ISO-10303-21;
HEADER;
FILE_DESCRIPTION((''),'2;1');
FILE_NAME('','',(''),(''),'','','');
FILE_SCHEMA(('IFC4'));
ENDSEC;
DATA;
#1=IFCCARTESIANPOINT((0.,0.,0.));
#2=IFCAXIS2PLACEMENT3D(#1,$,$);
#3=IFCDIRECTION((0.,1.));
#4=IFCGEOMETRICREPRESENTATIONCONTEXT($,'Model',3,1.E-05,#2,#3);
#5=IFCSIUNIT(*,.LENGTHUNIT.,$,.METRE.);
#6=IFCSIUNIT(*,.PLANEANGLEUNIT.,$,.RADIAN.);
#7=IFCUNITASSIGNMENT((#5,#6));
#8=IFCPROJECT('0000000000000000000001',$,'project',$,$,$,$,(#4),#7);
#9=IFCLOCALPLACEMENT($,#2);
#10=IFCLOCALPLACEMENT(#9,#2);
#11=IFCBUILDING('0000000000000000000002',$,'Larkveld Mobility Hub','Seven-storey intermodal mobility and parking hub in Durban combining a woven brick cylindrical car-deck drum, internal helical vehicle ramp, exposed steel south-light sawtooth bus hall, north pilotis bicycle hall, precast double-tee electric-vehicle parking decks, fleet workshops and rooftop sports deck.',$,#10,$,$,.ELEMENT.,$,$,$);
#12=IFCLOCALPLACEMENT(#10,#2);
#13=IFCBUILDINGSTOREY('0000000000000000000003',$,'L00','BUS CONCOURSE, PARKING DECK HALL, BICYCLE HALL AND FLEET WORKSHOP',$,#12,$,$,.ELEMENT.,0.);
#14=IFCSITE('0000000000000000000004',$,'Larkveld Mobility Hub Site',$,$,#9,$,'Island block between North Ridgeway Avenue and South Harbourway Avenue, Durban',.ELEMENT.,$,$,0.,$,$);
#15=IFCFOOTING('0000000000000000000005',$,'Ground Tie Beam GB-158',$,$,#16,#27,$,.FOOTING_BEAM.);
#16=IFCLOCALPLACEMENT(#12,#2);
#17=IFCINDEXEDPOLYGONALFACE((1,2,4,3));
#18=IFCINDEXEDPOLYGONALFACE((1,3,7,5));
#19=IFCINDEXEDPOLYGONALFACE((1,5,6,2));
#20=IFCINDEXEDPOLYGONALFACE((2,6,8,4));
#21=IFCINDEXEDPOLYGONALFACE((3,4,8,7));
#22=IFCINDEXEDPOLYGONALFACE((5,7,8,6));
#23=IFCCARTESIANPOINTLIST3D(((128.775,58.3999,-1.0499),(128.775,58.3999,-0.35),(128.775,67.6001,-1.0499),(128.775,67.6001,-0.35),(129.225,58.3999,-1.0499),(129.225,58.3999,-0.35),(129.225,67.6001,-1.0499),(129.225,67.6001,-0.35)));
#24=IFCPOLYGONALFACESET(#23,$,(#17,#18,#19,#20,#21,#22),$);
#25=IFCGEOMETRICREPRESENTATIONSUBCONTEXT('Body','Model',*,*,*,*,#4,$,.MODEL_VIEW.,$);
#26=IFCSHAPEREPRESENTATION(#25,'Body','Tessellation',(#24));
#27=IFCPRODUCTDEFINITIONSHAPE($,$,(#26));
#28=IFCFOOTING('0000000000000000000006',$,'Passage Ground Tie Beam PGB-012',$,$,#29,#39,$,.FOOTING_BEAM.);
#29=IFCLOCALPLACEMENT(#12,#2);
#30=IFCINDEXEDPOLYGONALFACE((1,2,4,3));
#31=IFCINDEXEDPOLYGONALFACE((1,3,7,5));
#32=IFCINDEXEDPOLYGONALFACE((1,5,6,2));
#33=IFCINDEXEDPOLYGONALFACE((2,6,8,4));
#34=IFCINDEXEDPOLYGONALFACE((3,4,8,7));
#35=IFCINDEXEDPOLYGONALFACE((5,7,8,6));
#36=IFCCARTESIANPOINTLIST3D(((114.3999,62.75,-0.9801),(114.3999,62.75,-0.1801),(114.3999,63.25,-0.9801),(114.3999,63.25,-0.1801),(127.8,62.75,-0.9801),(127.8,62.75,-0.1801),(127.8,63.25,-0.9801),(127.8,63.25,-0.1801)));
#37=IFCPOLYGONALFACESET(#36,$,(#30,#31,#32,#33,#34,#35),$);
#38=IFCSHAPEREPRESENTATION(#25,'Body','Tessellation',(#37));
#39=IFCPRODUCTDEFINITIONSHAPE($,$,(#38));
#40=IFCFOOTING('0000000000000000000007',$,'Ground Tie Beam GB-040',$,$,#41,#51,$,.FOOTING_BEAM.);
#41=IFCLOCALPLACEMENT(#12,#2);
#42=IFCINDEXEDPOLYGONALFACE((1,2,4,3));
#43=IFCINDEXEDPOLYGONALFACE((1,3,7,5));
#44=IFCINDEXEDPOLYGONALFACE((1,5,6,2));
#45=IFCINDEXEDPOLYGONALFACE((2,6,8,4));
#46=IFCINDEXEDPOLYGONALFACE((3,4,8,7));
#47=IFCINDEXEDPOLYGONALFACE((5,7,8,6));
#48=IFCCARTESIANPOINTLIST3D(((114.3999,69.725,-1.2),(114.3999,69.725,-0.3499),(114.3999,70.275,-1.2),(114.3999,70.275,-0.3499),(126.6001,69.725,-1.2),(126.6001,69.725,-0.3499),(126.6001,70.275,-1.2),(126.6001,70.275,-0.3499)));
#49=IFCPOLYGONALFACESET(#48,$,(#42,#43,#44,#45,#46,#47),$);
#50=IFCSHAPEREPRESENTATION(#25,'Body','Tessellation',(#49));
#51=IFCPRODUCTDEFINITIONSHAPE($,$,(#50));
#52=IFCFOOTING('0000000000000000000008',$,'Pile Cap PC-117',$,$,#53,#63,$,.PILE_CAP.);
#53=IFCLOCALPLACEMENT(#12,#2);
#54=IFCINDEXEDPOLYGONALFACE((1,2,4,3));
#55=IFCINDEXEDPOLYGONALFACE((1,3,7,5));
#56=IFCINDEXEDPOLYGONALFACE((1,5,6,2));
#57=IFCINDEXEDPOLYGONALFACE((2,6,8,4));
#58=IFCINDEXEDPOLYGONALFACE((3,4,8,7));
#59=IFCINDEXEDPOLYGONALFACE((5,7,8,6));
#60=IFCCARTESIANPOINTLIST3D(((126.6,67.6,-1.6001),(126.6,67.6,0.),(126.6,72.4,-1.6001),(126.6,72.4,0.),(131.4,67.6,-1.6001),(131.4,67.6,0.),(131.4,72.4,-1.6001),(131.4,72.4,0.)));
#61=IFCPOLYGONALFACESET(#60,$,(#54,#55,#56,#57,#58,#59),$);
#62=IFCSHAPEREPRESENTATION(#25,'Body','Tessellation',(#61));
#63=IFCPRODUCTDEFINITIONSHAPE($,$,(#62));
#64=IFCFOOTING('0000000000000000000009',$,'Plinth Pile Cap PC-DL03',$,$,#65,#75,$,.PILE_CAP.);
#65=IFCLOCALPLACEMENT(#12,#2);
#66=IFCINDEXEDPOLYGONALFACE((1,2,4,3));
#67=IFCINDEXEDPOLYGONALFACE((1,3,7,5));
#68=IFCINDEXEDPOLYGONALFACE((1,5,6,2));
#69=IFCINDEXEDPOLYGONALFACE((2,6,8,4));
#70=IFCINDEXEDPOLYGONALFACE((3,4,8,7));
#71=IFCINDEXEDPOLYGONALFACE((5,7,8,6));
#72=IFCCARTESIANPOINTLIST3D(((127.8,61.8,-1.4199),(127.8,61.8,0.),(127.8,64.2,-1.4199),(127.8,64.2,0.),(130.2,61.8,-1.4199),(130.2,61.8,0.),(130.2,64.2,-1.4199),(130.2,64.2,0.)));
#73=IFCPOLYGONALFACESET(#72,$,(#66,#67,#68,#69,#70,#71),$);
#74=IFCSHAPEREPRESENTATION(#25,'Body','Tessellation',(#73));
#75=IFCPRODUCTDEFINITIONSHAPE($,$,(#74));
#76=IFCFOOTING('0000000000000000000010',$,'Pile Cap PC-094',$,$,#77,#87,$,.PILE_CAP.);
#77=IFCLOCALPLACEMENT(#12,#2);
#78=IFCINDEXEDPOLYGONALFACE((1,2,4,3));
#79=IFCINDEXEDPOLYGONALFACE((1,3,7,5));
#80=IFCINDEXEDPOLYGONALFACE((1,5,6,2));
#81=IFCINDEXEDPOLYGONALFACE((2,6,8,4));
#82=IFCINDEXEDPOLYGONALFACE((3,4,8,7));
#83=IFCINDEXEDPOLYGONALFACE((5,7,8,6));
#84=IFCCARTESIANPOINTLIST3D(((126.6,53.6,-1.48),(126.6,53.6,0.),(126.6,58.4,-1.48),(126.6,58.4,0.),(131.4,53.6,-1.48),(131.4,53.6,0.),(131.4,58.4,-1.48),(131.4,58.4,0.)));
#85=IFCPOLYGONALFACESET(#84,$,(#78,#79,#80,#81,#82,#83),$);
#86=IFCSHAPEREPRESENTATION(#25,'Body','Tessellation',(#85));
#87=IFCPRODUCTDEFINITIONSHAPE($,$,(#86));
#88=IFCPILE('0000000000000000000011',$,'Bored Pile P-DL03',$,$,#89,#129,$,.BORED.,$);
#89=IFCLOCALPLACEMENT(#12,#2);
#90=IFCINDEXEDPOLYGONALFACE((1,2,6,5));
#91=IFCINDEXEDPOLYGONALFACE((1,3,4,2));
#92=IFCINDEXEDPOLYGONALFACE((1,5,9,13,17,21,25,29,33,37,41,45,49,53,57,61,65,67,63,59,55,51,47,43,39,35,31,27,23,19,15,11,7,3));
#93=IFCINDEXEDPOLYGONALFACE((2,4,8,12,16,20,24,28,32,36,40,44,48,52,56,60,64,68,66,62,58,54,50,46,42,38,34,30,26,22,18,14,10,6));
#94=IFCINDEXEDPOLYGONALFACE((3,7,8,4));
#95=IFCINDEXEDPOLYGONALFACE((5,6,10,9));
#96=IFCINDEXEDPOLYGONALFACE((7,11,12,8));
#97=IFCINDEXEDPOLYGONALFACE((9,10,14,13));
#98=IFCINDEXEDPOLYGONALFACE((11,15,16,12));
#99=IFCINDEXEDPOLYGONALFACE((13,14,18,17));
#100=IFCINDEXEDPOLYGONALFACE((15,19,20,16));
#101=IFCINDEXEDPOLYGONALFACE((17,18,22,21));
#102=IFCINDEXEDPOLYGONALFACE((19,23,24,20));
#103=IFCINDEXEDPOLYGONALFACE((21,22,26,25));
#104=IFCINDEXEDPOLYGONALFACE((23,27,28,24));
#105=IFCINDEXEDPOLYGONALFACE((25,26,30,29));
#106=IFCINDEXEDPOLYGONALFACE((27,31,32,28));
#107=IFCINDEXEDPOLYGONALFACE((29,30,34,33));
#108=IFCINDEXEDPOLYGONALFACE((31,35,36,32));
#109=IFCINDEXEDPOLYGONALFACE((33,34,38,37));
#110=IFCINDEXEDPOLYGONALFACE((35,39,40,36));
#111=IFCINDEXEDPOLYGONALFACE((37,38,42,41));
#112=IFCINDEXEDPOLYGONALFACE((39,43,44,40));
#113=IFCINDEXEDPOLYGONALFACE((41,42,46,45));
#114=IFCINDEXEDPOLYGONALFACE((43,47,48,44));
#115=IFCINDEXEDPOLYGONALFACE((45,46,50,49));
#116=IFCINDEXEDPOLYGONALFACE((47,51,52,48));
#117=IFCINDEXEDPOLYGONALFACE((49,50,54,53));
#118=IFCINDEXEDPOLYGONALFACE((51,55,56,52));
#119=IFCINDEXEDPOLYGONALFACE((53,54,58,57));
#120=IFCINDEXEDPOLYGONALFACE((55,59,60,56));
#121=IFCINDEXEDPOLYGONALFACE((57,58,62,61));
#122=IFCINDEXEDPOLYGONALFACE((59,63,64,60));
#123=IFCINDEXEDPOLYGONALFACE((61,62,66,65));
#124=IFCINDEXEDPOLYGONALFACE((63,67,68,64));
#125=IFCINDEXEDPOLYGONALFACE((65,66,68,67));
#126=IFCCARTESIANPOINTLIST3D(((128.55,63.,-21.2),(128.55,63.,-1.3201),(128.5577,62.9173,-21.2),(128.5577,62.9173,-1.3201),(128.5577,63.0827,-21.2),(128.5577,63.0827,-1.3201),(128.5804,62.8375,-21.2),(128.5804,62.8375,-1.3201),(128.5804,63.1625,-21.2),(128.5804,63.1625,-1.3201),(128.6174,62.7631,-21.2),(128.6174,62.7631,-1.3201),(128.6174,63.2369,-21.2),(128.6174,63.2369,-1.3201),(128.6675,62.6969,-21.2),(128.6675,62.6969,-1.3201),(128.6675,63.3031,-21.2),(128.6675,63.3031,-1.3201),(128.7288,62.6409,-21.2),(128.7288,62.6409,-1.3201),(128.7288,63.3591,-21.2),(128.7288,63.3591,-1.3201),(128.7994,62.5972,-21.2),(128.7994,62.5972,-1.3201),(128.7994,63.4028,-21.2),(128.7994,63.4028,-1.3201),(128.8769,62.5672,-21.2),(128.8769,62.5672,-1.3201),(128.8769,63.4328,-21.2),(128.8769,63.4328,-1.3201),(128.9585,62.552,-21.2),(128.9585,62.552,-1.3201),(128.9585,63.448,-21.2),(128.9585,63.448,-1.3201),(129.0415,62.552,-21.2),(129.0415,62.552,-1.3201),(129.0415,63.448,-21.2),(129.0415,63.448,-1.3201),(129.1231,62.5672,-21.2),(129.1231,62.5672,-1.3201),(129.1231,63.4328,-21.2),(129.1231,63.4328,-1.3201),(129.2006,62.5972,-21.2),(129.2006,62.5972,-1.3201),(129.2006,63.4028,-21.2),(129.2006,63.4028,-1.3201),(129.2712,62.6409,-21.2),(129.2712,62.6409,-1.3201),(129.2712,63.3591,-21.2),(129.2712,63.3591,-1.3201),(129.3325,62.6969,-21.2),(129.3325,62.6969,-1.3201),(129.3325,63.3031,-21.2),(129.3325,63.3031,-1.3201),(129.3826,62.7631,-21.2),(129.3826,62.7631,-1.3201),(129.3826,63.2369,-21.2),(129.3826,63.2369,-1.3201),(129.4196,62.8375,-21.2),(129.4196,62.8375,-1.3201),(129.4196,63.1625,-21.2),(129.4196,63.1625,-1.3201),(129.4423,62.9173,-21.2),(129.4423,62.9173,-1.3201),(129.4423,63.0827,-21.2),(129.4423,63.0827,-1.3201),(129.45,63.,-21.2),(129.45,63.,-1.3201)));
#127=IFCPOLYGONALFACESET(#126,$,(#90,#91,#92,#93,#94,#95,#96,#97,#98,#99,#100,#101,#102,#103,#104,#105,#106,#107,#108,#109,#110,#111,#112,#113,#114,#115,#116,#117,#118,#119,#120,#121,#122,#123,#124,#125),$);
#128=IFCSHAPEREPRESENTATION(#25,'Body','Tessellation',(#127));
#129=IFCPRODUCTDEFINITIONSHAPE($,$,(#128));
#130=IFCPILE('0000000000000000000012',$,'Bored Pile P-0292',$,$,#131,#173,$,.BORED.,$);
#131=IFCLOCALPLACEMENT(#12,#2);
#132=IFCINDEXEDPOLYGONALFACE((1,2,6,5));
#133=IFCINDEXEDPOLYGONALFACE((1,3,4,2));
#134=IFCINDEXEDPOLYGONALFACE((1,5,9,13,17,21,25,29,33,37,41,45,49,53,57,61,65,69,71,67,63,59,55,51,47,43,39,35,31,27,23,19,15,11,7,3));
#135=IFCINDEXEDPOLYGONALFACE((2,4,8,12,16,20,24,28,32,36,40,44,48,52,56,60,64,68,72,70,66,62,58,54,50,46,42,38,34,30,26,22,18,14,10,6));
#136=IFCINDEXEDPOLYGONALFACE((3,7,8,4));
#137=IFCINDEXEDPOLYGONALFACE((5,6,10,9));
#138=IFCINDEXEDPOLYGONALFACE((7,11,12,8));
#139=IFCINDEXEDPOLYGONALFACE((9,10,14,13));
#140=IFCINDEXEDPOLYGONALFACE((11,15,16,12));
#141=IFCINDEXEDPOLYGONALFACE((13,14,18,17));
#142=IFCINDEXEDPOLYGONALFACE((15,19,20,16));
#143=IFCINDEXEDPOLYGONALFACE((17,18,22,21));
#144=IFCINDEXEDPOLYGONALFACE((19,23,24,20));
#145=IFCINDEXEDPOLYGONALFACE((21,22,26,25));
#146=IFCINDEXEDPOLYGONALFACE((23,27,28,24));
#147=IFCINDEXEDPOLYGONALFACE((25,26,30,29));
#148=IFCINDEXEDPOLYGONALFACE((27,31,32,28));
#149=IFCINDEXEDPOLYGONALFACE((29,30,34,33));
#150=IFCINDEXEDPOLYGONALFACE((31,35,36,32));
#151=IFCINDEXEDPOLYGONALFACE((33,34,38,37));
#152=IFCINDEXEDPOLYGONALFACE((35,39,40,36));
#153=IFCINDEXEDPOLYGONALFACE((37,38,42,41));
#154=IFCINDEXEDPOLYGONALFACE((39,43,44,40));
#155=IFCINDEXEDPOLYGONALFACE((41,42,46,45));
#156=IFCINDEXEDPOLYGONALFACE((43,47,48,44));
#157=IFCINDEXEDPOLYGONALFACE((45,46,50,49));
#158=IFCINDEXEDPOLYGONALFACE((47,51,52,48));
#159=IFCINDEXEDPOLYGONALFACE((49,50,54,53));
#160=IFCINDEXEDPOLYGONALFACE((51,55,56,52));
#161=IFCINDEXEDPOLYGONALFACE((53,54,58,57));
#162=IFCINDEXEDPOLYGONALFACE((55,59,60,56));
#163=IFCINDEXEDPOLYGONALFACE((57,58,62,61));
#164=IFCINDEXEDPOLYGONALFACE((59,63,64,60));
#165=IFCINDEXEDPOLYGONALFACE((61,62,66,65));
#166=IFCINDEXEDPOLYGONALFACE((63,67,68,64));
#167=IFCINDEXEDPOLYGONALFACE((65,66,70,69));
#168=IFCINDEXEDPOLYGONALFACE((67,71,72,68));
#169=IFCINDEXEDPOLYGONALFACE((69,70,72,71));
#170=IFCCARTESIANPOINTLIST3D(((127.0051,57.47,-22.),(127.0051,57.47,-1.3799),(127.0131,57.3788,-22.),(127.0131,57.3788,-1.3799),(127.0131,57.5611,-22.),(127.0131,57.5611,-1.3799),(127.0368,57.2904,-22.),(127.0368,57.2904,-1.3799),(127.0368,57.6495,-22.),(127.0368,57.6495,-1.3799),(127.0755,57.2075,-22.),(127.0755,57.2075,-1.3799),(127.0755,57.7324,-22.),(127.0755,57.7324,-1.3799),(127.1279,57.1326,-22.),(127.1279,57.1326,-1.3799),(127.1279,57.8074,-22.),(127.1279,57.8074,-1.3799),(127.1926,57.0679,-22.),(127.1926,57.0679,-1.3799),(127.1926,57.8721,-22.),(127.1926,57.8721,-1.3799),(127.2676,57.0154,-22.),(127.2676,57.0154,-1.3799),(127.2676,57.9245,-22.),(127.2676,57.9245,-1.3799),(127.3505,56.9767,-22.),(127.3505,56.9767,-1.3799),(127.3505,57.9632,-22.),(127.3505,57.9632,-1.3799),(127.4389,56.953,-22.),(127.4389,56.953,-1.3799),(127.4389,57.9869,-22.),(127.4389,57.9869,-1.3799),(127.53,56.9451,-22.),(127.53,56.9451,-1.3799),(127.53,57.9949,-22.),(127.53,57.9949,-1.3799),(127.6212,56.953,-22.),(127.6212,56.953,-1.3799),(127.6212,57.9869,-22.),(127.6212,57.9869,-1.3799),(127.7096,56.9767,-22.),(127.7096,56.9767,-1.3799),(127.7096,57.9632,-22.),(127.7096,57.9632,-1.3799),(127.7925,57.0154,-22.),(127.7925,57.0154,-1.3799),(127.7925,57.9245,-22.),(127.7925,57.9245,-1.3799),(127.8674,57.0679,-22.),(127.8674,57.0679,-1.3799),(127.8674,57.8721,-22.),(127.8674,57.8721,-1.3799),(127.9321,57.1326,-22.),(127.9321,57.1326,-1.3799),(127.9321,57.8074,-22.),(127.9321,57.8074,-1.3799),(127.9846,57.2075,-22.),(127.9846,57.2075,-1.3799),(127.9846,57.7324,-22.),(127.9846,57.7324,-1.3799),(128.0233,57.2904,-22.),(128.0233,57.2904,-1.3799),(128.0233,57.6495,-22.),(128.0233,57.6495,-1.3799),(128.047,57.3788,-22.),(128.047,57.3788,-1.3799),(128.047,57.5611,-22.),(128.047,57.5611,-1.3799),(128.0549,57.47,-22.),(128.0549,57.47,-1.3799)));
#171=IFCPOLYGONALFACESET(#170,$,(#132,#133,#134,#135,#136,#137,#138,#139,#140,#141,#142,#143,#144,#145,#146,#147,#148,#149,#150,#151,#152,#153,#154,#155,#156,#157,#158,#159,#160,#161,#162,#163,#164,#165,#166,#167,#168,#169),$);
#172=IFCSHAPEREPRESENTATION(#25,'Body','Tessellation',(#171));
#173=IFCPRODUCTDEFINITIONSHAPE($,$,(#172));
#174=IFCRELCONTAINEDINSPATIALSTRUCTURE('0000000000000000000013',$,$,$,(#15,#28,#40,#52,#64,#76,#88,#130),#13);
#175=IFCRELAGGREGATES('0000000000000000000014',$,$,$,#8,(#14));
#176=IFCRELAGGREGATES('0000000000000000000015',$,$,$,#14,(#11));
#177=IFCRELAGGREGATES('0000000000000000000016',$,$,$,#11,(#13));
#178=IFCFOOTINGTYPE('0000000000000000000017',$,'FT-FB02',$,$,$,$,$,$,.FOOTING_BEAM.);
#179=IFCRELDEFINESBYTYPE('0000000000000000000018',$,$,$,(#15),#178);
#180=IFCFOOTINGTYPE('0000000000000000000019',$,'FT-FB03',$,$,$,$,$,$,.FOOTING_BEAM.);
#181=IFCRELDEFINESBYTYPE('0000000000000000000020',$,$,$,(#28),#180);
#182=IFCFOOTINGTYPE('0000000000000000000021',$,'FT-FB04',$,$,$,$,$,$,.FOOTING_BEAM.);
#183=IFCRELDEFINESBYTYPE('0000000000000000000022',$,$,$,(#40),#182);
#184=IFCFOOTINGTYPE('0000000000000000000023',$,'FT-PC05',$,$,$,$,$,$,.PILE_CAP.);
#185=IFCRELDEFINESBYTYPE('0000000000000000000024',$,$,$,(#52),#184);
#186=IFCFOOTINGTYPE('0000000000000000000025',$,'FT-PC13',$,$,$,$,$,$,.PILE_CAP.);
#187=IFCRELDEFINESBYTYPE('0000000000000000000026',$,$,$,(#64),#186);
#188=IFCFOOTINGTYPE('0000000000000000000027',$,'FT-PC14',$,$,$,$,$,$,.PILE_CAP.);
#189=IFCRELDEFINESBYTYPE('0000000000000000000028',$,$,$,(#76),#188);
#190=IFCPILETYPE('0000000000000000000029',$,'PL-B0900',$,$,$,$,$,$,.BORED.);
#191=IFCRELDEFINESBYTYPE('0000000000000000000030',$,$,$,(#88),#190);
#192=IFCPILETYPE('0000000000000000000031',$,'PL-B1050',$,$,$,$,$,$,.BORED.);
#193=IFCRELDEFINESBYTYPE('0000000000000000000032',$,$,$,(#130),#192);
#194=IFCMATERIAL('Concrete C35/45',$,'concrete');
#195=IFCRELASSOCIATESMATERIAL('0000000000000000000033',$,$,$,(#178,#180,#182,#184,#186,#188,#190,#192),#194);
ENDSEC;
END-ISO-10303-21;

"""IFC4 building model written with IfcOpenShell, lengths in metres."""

from ifc_helpers import new_model, si_unit, direction, frame, origin, origin_2d, place, context, subcontext, project, spatial, rectangle, circle, extrude, material, material_profile, profile_set, type_object, element, save


model = new_model("IFC4")

# Units and contexts
model_context = context("Model", 3, precision=1e-05, world=origin(), true_north=direction((0.0, 1.0)))
body_context = subcontext(model_context, "Body", "Model", "MODEL_VIEW")
ifc_project = project(units=[si_unit("LENGTHUNIT", "METRE"), si_unit("PLANEANGLEUNIT", "RADIAN")], contexts=[model_context])

# Site, building, storey
site_placement = place(None, origin())
site = spatial("IfcSite", under=ifc_project, at=site_placement, Name="Larkveld Mobility Hub Site", LongName="Island block between North Ridgeway Avenue and South Harbourway Avenue, Durban", CompositionType="ELEMENT", RefElevation=0.0)
building_placement = place(site_placement, origin())
building = spatial("IfcBuilding", under=site, at=building_placement, Name="Larkveld Mobility Hub", Description="Seven-storey intermodal mobility and parking hub in Durban combining a woven brick cylindrical car-deck drum, internal helical vehicle ramp, exposed steel south-light sawtooth bus hall, north pilotis bicycle hall, precast double-tee electric-vehicle parking decks, fleet workshops and rooftop sports deck.", CompositionType="ELEMENT")
storey_placement = place(building_placement, origin())
storey = spatial("IfcBuildingStorey", under=building, at=storey_placement, Name="L00", Description="BUS CONCOURSE, PARKING DECK HALL, BICYCLE HALL AND FLEET WORKSHOP", CompositionType="ELEMENT", Elevation=0.0)

# Footings
ifc_material_1 = material(Name="Concrete C35/45", Category="concrete")
ifc_material_profile_1 = material_profile(ifc_material_1, rectangle(XDim=0.45, YDim=0.7, at=origin_2d()), Name="RC BM 450x700")
ifc_profile_set_1 = profile_set([ifc_material_profile_1], Name="Concrete C35/45")
footing_type_1 = type_object("IfcFootingType", Name="FT-FB02", PredefinedType="FOOTING_BEAM", material=ifc_profile_set_1)
footing_1_placement = place(storey_placement, frame((129.0, 58.3999, -0.7), z_axis=(0.0, 1.0, 0.0), x_axis=(-1.0, 0.0, 0.0)))
element("IfcFooting", 1, at=footing_1_placement, inside=storey, type_object=footing_type_1, Name="Ground Tie Beam GB-158", PredefinedType="FOOTING_BEAM", context=body_context, shape_type="SweptSolid", body=[
    extrude(rectangle(XDim=0.45, YDim=0.7, at=origin_2d()), origin(), (0.0, 0.0, 1.0), 9.2002),
])
ifc_material_profile_2 = material_profile(ifc_material_1, rectangle(XDim=0.5, YDim=0.8, at=origin_2d()), Name="RC BM 500x800")
ifc_profile_set_2 = profile_set([ifc_material_profile_2], Name="Concrete C35/45")
footing_type_2 = type_object("IfcFootingType", Name="FT-FB03", PredefinedType="FOOTING_BEAM", material=ifc_profile_set_2)
footing_2_placement = place(storey_placement, frame((114.3999, 63.0, -0.5801), z_axis=(1.0, 0.0, 0.0), x_axis=(0.0, 1.0, 0.0)))
element("IfcFooting", 2, at=footing_2_placement, inside=storey, type_object=footing_type_2, Name="Passage Ground Tie Beam PGB-012", PredefinedType="FOOTING_BEAM", context=body_context, shape_type="SweptSolid", body=[
    extrude(rectangle(XDim=0.5, YDim=0.8, at=origin_2d()), origin(), (0.0, 0.0, 1.0), 13.4001),
])
ifc_material_profile_3 = material_profile(ifc_material_1, rectangle(XDim=0.55, YDim=0.8501, at=origin_2d()), Name="RC BM 550x850")
ifc_profile_set_3 = profile_set([ifc_material_profile_3], Name="Concrete C35/45")
footing_type_3 = type_object("IfcFootingType", Name="FT-FB04", PredefinedType="FOOTING_BEAM", material=ifc_profile_set_3)
footing_3_placement = place(storey_placement, frame((114.3999, 70.0, -0.7749), z_axis=(1.0, 0.0, 0.0), x_axis=(0.0, 1.0, 0.0)))
element("IfcFooting", 3, at=footing_3_placement, inside=storey, type_object=footing_type_3, Name="Ground Tie Beam GB-040", PredefinedType="FOOTING_BEAM", context=body_context, shape_type="SweptSolid", body=[
    extrude(rectangle(XDim=0.55, YDim=0.8501, at=origin_2d()), origin(), (0.0, 0.0, 1.0), 12.2002),
])
footing_type_4 = type_object("IfcFootingType", Name="FT-PC05", PredefinedType="PILE_CAP", material=ifc_material_1)
footing_4_placement = place(storey_placement, frame((129.0, 70.0, -1.6001), z_axis=(0.0, 0.0, 1.0), x_axis=(1.0, 0.0, 0.0)))
element("IfcFooting", 4, at=footing_4_placement, inside=storey, type_object=footing_type_4, Name="Pile Cap PC-117", PredefinedType="PILE_CAP", context=body_context, shape_type="SweptSolid", body=[
    extrude(rectangle(XDim=4.8, YDim=4.8, at=origin_2d()), origin(), (0.0, 0.0, 1.0), 1.6001),
])
footing_type_5 = type_object("IfcFootingType", Name="FT-PC13", PredefinedType="PILE_CAP", material=ifc_material_1)
footing_5_placement = place(storey_placement, frame((129.0, 63.0, -1.4199), z_axis=(0.0, 0.0, 1.0), x_axis=(1.0, 0.0, 0.0)))
element("IfcFooting", 5, at=footing_5_placement, inside=storey, type_object=footing_type_5, Name="Plinth Pile Cap PC-DL03", PredefinedType="PILE_CAP", context=body_context, shape_type="SweptSolid", body=[
    extrude(rectangle(XDim=2.3999, YDim=2.3999, at=origin_2d()), origin(), (0.0, 0.0, 1.0), 1.4199),
])
footing_type_6 = type_object("IfcFootingType", Name="FT-PC14", PredefinedType="PILE_CAP", material=ifc_material_1)
footing_6_placement = place(storey_placement, frame((129.0, 56.0, -1.48), z_axis=(0.0, 0.0, 1.0), x_axis=(1.0, 0.0, 0.0)))
element("IfcFooting", 6, at=footing_6_placement, inside=storey, type_object=footing_type_6, Name="Pile Cap PC-094", PredefinedType="PILE_CAP", context=body_context, shape_type="SweptSolid", body=[
    extrude(rectangle(XDim=4.8, YDim=4.8, at=origin_2d()), origin(), (0.0, 0.0, 1.0), 1.48),
])

# Piles
ifc_material_profile_4 = material_profile(ifc_material_1, circle(Radius=0.45, at=origin_2d()), Name="PILE D900")
ifc_profile_set_4 = profile_set([ifc_material_profile_4], Name="Concrete C35/45")
pile_type_1 = type_object("IfcPileType", Name="PL-B0900", PredefinedType="BORED", material=ifc_profile_set_4)
pile_1_placement = place(storey_placement, frame((129.0, 63.0, -1.3201), z_axis=(0.0, 0.0, -1.0), x_axis=(1.0, 0.0, 0.0)))
element("IfcPile", 7, at=pile_1_placement, inside=storey, type_object=pile_type_1, Name="Bored Pile P-DL03", PredefinedType="BORED", context=body_context, shape_type="SweptSolid", body=[
    extrude(circle(Radius=0.45, at=origin_2d()), origin(), (0.0, 0.0, 1.0), 19.8799),
])
ifc_material_profile_5 = material_profile(ifc_material_1, circle(Radius=0.5249, at=origin_2d()), Name="PILE D1050")
ifc_profile_set_5 = profile_set([ifc_material_profile_5], Name="Concrete C35/45")
pile_type_2 = type_object("IfcPileType", Name="PL-B1050", PredefinedType="BORED", material=ifc_profile_set_5)
pile_2_placement = place(storey_placement, frame((127.53, 57.47, -1.3799), z_axis=(0.0, 0.0, -1.0), x_axis=(1.0, 0.0, 0.0)))
element("IfcPile", 8, at=pile_2_placement, inside=storey, type_object=pile_type_2, Name="Bored Pile P-0292", PredefinedType="BORED", context=body_context, shape_type="SweptSolid", body=[
    extrude(circle(Radius=0.5249, at=origin_2d()), origin(), (0.0, 0.0, 1.0), 20.6201),
])

save(model, "model.ifc")
